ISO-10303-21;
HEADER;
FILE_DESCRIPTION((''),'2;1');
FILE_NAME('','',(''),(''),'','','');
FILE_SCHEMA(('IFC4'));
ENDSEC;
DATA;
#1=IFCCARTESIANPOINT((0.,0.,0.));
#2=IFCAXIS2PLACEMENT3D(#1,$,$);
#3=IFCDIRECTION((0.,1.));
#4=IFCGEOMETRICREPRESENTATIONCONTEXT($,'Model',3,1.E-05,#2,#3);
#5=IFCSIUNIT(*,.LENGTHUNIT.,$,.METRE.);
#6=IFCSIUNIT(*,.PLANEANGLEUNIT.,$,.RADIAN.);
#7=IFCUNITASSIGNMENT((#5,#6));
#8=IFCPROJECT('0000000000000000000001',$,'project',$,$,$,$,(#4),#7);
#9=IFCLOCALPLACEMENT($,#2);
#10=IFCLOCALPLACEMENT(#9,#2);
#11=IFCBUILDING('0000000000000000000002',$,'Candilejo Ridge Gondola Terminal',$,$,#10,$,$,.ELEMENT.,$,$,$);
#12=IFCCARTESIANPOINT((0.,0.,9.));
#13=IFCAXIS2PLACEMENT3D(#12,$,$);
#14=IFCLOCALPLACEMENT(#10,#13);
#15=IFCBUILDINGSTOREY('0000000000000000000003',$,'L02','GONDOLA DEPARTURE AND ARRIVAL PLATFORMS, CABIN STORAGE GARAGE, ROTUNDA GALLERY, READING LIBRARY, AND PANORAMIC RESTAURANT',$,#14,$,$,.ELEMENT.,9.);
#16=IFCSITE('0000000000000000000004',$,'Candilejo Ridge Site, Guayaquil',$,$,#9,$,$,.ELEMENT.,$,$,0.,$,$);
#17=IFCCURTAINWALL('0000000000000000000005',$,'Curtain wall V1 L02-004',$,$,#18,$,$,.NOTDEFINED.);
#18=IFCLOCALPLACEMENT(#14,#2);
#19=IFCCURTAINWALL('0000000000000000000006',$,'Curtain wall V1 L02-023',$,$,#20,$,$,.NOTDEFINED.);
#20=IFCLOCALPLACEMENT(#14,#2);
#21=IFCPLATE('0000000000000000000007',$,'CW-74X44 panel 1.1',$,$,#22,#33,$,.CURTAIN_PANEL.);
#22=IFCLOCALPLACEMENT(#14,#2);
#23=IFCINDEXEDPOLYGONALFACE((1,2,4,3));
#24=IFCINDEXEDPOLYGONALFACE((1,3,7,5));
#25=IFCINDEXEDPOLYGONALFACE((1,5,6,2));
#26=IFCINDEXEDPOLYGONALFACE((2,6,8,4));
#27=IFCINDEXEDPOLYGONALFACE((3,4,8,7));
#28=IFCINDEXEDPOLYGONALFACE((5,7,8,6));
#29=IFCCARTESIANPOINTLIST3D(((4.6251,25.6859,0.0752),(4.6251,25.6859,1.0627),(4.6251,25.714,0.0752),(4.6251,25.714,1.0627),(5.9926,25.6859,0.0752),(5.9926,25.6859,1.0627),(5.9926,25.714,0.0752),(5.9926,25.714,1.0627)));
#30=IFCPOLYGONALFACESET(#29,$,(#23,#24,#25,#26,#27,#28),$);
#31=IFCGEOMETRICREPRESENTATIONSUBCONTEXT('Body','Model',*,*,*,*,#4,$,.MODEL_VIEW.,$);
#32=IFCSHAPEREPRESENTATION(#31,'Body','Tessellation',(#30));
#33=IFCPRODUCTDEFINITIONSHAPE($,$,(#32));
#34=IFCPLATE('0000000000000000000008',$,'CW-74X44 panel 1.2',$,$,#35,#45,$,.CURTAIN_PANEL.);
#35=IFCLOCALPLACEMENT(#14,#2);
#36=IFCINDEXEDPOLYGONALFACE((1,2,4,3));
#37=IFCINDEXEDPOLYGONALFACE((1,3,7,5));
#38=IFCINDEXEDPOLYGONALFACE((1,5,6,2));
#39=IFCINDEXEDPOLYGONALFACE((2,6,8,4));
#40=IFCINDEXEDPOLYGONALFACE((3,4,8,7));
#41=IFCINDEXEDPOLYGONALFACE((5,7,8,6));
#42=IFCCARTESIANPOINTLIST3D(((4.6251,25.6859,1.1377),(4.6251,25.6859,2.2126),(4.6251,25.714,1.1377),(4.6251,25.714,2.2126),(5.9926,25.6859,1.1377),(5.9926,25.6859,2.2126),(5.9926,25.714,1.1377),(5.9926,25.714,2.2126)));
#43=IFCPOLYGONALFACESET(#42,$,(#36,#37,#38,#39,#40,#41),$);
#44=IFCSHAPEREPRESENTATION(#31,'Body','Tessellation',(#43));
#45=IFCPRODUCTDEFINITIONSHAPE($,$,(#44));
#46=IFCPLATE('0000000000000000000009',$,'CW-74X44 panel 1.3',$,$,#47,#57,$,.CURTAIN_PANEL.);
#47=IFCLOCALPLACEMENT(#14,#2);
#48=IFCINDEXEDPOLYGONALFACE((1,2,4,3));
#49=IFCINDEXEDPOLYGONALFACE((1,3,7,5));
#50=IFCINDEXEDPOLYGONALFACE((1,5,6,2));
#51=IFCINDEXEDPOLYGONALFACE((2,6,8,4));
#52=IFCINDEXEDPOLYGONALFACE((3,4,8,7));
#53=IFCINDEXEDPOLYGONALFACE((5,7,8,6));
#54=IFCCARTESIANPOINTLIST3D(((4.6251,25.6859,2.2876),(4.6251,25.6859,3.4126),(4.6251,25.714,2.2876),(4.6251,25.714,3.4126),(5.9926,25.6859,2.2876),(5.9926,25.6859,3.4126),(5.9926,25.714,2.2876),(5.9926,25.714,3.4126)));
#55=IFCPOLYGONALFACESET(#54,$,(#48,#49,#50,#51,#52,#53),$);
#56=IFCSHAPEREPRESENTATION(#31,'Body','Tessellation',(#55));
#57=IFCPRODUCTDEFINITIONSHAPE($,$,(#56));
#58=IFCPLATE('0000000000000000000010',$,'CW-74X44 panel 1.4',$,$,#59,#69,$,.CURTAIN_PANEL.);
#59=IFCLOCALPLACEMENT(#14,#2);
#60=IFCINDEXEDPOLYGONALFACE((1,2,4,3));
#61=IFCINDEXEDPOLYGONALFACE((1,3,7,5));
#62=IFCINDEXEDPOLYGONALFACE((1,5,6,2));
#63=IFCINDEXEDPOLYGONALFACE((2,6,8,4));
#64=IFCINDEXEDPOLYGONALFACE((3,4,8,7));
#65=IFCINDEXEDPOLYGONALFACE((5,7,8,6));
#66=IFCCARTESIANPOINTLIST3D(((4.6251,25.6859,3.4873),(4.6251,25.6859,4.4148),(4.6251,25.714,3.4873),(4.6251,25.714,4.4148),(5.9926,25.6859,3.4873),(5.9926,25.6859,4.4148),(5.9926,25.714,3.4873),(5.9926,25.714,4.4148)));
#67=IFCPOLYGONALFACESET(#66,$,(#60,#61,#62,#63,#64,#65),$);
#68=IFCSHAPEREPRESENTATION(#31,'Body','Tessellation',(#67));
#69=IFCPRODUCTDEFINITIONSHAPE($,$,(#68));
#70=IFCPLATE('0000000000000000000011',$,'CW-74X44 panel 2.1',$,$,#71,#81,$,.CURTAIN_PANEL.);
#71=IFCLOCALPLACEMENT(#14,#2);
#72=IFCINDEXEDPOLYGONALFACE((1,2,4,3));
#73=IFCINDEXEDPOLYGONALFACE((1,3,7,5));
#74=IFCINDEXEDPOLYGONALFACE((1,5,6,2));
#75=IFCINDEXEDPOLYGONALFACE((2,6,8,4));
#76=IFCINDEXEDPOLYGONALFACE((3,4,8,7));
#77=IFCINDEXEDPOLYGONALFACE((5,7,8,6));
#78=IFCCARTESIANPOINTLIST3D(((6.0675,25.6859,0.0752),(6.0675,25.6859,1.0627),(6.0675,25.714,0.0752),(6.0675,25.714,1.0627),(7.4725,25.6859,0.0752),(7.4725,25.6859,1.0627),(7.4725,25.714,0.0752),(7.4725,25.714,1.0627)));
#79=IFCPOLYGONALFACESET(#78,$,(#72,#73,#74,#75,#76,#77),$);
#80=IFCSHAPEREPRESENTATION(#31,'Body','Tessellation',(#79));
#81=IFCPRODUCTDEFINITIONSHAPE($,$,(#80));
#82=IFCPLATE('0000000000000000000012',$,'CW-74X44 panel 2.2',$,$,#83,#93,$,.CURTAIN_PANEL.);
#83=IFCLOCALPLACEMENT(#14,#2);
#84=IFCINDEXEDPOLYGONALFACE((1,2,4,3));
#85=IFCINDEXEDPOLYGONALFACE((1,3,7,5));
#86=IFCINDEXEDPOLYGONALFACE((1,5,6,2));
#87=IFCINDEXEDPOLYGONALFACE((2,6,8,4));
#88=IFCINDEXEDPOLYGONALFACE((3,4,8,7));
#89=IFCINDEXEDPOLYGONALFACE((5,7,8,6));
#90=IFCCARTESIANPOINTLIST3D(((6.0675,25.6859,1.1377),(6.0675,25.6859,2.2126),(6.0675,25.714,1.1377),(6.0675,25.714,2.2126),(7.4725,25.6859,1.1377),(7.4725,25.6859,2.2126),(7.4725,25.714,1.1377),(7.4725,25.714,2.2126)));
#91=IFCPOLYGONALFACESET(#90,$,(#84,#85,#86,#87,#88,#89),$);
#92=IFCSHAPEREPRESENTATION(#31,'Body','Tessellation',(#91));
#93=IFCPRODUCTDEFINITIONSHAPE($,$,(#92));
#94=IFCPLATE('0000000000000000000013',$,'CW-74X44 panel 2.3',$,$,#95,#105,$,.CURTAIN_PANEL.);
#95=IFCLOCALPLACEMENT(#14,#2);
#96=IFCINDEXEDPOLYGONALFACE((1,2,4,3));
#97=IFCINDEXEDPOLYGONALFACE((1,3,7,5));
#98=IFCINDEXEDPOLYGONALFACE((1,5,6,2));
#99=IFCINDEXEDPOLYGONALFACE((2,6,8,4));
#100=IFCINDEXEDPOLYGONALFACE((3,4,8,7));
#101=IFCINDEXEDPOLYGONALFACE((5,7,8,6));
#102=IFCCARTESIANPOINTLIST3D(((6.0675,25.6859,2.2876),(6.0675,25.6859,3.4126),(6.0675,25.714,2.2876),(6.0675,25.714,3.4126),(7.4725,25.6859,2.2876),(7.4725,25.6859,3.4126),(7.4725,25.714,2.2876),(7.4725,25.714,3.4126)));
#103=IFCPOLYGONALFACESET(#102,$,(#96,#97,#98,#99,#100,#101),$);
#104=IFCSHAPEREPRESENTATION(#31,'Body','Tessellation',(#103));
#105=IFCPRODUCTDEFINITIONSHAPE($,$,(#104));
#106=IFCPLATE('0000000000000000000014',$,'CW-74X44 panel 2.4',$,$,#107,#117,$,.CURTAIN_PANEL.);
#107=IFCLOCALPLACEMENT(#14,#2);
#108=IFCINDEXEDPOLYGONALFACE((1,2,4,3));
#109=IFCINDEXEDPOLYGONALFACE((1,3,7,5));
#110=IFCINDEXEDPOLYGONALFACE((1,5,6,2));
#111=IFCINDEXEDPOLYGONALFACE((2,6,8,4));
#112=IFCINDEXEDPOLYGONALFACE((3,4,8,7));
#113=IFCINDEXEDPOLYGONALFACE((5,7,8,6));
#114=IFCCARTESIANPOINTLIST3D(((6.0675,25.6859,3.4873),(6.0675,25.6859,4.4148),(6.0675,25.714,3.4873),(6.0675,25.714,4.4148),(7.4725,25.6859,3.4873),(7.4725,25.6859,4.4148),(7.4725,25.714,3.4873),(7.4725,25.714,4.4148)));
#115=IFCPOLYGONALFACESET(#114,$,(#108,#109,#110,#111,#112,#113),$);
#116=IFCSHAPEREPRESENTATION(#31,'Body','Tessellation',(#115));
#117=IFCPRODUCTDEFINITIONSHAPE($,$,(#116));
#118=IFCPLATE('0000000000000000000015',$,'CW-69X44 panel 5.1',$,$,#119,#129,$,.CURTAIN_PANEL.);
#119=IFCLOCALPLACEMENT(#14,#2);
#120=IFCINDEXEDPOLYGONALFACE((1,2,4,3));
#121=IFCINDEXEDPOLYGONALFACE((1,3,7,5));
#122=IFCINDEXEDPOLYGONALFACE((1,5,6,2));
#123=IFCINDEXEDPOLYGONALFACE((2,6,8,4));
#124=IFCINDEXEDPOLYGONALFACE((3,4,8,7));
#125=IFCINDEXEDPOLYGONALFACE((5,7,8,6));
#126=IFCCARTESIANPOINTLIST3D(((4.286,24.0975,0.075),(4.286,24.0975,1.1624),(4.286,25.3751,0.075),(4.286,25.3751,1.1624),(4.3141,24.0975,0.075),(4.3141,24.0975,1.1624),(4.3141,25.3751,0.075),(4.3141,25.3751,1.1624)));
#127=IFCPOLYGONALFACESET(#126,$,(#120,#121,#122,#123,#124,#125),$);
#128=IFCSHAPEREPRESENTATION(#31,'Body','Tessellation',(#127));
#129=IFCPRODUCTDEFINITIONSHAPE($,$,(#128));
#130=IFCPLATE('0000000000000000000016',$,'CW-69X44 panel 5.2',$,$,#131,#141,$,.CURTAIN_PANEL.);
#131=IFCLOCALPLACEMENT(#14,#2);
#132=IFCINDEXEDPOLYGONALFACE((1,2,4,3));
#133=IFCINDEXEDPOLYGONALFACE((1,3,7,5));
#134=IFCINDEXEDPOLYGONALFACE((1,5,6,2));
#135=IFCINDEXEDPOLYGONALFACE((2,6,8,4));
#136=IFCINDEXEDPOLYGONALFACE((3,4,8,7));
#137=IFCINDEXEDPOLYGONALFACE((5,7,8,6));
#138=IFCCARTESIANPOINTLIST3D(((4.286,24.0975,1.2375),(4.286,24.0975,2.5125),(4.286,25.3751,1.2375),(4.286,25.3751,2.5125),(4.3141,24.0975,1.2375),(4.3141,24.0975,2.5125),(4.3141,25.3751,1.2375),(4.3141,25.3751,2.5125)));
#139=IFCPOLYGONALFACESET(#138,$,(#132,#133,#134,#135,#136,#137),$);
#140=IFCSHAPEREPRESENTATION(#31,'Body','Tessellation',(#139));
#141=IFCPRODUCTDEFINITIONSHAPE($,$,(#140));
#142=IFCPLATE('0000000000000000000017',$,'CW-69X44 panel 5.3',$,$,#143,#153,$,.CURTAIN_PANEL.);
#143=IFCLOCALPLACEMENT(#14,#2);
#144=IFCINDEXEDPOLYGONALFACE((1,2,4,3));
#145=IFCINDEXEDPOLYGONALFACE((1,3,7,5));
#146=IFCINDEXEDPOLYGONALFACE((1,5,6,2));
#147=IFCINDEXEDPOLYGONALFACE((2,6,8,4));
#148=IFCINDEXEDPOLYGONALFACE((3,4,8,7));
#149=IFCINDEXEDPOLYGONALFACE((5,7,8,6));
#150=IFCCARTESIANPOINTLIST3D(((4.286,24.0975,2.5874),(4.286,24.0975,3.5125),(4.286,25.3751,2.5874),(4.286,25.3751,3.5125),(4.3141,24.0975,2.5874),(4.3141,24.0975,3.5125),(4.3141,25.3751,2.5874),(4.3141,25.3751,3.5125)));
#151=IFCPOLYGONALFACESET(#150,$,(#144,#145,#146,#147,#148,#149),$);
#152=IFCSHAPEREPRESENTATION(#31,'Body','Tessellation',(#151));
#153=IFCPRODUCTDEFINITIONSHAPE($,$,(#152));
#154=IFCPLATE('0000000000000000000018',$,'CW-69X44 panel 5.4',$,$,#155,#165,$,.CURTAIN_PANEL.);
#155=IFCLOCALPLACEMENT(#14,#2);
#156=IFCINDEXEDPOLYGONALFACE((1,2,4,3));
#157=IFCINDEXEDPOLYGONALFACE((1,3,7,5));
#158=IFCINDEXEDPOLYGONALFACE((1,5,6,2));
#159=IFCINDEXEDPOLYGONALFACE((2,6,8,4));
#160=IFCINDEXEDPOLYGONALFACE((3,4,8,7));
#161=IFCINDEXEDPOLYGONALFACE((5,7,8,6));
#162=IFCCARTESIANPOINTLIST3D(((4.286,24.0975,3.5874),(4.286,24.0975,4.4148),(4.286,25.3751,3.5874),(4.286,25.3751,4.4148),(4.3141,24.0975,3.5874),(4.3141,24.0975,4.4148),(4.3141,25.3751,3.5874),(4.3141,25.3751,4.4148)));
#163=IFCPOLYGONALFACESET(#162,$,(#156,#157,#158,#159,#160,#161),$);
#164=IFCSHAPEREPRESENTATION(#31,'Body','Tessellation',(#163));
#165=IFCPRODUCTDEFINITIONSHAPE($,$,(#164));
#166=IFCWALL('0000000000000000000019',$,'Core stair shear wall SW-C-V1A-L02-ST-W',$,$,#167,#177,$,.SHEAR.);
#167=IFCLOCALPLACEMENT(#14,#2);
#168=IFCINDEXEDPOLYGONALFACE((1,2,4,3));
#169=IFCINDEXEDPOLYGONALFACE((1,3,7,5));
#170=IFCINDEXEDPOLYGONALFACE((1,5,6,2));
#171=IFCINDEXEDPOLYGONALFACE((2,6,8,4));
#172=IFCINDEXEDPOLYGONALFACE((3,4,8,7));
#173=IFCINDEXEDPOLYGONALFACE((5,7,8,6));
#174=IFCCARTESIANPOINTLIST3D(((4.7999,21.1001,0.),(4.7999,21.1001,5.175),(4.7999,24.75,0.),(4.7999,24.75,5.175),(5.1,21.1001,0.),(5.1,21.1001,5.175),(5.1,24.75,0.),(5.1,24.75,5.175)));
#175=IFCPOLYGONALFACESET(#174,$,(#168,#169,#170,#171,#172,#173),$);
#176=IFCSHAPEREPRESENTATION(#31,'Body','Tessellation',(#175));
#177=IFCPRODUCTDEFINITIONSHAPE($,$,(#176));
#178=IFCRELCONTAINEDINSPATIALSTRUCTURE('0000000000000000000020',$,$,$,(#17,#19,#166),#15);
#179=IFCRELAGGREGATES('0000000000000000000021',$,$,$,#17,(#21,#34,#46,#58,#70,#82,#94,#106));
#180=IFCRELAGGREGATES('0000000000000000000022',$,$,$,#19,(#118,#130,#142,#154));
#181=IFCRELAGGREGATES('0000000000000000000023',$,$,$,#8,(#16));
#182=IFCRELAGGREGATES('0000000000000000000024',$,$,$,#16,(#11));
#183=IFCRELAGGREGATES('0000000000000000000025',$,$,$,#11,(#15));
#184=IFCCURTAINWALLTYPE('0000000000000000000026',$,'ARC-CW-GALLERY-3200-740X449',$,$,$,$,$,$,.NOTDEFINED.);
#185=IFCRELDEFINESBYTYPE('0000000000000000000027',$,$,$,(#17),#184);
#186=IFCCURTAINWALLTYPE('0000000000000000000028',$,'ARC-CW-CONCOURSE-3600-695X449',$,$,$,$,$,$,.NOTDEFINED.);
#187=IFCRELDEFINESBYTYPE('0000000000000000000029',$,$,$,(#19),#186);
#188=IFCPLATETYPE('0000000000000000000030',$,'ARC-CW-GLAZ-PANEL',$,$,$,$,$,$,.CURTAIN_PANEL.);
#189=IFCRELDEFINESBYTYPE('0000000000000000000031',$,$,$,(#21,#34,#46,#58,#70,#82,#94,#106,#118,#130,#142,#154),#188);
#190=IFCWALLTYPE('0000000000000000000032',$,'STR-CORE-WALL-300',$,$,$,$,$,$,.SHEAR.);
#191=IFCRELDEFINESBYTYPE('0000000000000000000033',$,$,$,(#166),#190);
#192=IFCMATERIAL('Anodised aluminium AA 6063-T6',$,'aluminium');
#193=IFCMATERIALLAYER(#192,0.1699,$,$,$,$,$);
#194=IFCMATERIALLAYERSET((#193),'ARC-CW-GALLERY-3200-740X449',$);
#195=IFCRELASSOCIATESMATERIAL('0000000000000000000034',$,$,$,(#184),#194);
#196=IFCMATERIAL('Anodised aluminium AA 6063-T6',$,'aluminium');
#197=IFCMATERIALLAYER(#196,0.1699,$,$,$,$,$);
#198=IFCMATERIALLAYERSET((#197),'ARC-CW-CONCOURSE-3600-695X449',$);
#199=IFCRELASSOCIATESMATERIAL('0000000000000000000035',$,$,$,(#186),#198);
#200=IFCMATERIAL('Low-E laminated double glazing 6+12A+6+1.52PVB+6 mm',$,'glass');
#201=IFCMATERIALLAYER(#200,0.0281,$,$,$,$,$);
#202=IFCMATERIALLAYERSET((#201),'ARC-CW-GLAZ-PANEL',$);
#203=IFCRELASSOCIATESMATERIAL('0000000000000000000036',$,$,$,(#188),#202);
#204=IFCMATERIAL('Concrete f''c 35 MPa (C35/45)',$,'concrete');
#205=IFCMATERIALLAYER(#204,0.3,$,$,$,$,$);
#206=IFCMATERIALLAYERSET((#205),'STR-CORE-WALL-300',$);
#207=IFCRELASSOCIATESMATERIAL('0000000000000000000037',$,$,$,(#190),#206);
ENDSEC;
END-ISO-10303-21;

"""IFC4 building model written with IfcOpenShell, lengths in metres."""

from ifc_helpers import new_model, si_unit, direction, frame, frame_2d, origin, origin_2d, place, context, subcontext, project, spatial, rectangle, extrude, material, layer, layer_set, type_object, element, aggregate, save


model = new_model("IFC4")

# Units and contexts
model_context = context("Model", 3, precision=1e-05, world=origin(), true_north=direction((0.0, 1.0)))
body_context = subcontext(model_context, "Body", "Model", "MODEL_VIEW")
ifc_project = project(units=[si_unit("LENGTHUNIT", "METRE"), si_unit("PLANEANGLEUNIT", "RADIAN")], contexts=[model_context])

# Site, building, storey
site_placement = place(None, origin())
site = spatial("IfcSite", under=ifc_project, at=site_placement, Name="Candilejo Ridge Site, Guayaquil", CompositionType="ELEMENT", RefElevation=0.0)
building_placement = place(site_placement, origin())
building = spatial("IfcBuilding", under=site, at=building_placement, Name="Candilejo Ridge Gondola Terminal", CompositionType="ELEMENT")
storey_placement = place(building_placement, frame((0.0, 0.0, 9.0)))
storey = spatial("IfcBuildingStorey", under=building, at=storey_placement, Name="L02", Description="GONDOLA DEPARTURE AND ARRIVAL PLATFORMS, CABIN STORAGE GARAGE, ROTUNDA GALLERY, READING LIBRARY, AND PANORAMIC RESTAURANT", CompositionType="ELEMENT", Elevation=9.0)

# Curtain walls
ifc_material_1 = material(Name="Anodised aluminium AA 6063-T6", Category="aluminium")
ifc_layer_1 = layer(ifc_material_1, 0.1699)
ifc_layer_set_1 = layer_set([ifc_layer_1], Name="ARC-CW-GALLERY-3200-740X449")
curtain_wall_type_1 = type_object("IfcCurtainWallType", Name="ARC-CW-GALLERY-3200-740X449", PredefinedType="NOTDEFINED", material=ifc_layer_set_1)
curtain_wall_1_placement = place(storey_placement, origin())
curtain_wall_1 = element("IfcCurtainWall", 1, at=curtain_wall_1_placement, inside=storey, type_object=curtain_wall_type_1, Name="Curtain wall V1 L02-004", PredefinedType="NOTDEFINED")
ifc_material_2 = material(Name="Anodised aluminium AA 6063-T6", Category="aluminium")
ifc_layer_2 = layer(ifc_material_2, 0.1699)
ifc_layer_set_2 = layer_set([ifc_layer_2], Name="ARC-CW-CONCOURSE-3600-695X449")
curtain_wall_type_2 = type_object("IfcCurtainWallType", Name="ARC-CW-CONCOURSE-3600-695X449", PredefinedType="NOTDEFINED", material=ifc_layer_set_2)
curtain_wall_2_placement = place(storey_placement, origin())
curtain_wall_2 = element("IfcCurtainWall", 2, at=curtain_wall_2_placement, inside=storey, type_object=curtain_wall_type_2, Name="Curtain wall V1 L02-023", PredefinedType="NOTDEFINED")

# Plates
ifc_material_3 = material(Name="Low-E laminated double glazing 6+12A+6+1.52PVB+6 mm", Category="glass")
ifc_layer_3 = layer(ifc_material_3, 0.0281)
ifc_layer_set_3 = layer_set([ifc_layer_3], Name="ARC-CW-GLAZ-PANEL")
plate_type = type_object("IfcPlateType", Name="ARC-CW-GLAZ-PANEL", PredefinedType="CURTAIN_PANEL", material=ifc_layer_set_3)
plate_1_placement = place(storey_placement, frame((5.3088, 25.7, 0.0752), z_axis=(0.0, 0.0, 1.0), x_axis=(1.0, 0.0, 0.0)))
plate_1 = element("IfcPlate", 3, at=plate_1_placement, type_object=plate_type, Name="CW-74X44 panel 1.1", PredefinedType="CURTAIN_PANEL", context=body_context, shape_type="SweptSolid", body=[
    extrude(rectangle(XDim=1.3674, YDim=0.0281, at=origin_2d()), origin(), (0.0, 0.0, 1.0), 0.9875),
])
plate_2_placement = place(storey_placement, frame((5.3088, 25.7, 1.1377), z_axis=(0.0, 0.0, 1.0), x_axis=(1.0, 0.0, 0.0)))
plate_2 = element("IfcPlate", 4, at=plate_2_placement, type_object=plate_type, Name="CW-74X44 panel 1.2", PredefinedType="CURTAIN_PANEL", context=body_context, shape_type="SweptSolid", body=[
    extrude(rectangle(XDim=1.3674, YDim=0.0281, at=origin_2d()), origin(), (0.0, 0.0, 1.0), 1.075),
])
plate_3_placement = place(storey_placement, frame((5.3088, 25.7, 2.2876), z_axis=(0.0, 0.0, 1.0), x_axis=(1.0, 0.0, 0.0)))
plate_3 = element("IfcPlate", 5, at=plate_3_placement, type_object=plate_type, Name="CW-74X44 panel 1.3", PredefinedType="CURTAIN_PANEL", context=body_context, shape_type="SweptSolid", body=[
    extrude(rectangle(XDim=1.3674, YDim=0.0281, at=origin_2d()), origin(), (0.0, 0.0, 1.0), 1.125),
])
plate_4_placement = place(storey_placement, frame((5.3088, 25.7, 3.4873), z_axis=(0.0, 0.0, 1.0), x_axis=(1.0, 0.0, 0.0)))
plate_4 = element("IfcPlate", 6, at=plate_4_placement, type_object=plate_type, Name="CW-74X44 panel 1.4", PredefinedType="CURTAIN_PANEL", context=body_context, shape_type="SweptSolid", body=[
    extrude(rectangle(XDim=1.3674, YDim=0.0281, at=origin_2d()), origin(), (0.0, 0.0, 1.0), 0.9275),
])
plate_5_placement = place(storey_placement, frame((6.77, 25.7, 0.0752), z_axis=(0.0, 0.0, 1.0), x_axis=(1.0, 0.0, 0.0)))
plate_5 = element("IfcPlate", 7, at=plate_5_placement, type_object=plate_type, Name="CW-74X44 panel 2.1", PredefinedType="CURTAIN_PANEL", context=body_context, shape_type="SweptSolid", body=[
    extrude(rectangle(XDim=1.405, YDim=0.0281, at=origin_2d()), origin(), (0.0, 0.0, 1.0), 0.9875),
])
plate_6_placement = place(storey_placement, frame((6.77, 25.7, 1.1377), z_axis=(0.0, 0.0, 1.0), x_axis=(1.0, 0.0, 0.0)))
plate_6 = element("IfcPlate", 8, at=plate_6_placement, type_object=plate_type, Name="CW-74X44 panel 2.2", PredefinedType="CURTAIN_PANEL", context=body_context, shape_type="SweptSolid", body=[
    extrude(rectangle(XDim=1.405, YDim=0.0281, at=origin_2d()), origin(), (0.0, 0.0, 1.0), 1.075),
])
plate_7_placement = place(storey_placement, frame((6.77, 25.7, 2.2876), z_axis=(0.0, 0.0, 1.0), x_axis=(1.0, 0.0, 0.0)))
plate_7 = element("IfcPlate", 9, at=plate_7_placement, type_object=plate_type, Name="CW-74X44 panel 2.3", PredefinedType="CURTAIN_PANEL", context=body_context, shape_type="SweptSolid", body=[
    extrude(rectangle(XDim=1.405, YDim=0.0281, at=origin_2d()), origin(), (0.0, 0.0, 1.0), 1.125),
])
plate_8_placement = place(storey_placement, frame((6.77, 25.7, 3.4873), z_axis=(0.0, 0.0, 1.0), x_axis=(1.0, 0.0, 0.0)))
plate_8 = element("IfcPlate", 10, at=plate_8_placement, type_object=plate_type, Name="CW-74X44 panel 2.4", PredefinedType="CURTAIN_PANEL", context=body_context, shape_type="SweptSolid", body=[
    extrude(rectangle(XDim=1.405, YDim=0.0281, at=origin_2d()), origin(), (0.0, 0.0, 1.0), 0.9275),
])
aggregate(curtain_wall_1, [plate_1, plate_2, plate_3, plate_4, plate_5, plate_6, plate_7, plate_8])
plate_9_placement = place(storey_placement, frame((4.3, 24.7363, 0.075), z_axis=(0.0, 0.0, 1.0), x_axis=(0.0, 1.0, 0.0)))
plate_9 = element("IfcPlate", 11, at=plate_9_placement, type_object=plate_type, Name="CW-69X44 panel 5.1", PredefinedType="CURTAIN_PANEL", context=body_context, shape_type="SweptSolid", body=[
    extrude(rectangle(XDim=1.2776, YDim=0.0281, at=origin_2d()), origin(), (0.0, 0.0, 1.0), 1.0874),
])
plate_10_placement = place(storey_placement, frame((4.3, 24.7363, 1.2375), z_axis=(0.0, 0.0, 1.0), x_axis=(0.0, 1.0, 0.0)))
plate_10 = element("IfcPlate", 12, at=plate_10_placement, type_object=plate_type, Name="CW-69X44 panel 5.2", PredefinedType="CURTAIN_PANEL", context=body_context, shape_type="SweptSolid", body=[
    extrude(rectangle(XDim=1.2776, YDim=0.0281, at=origin_2d()), origin(), (0.0, 0.0, 1.0), 1.2749),
])
plate_11_placement = place(storey_placement, frame((4.3, 24.7363, 2.5874), z_axis=(0.0, 0.0, 1.0), x_axis=(0.0, 1.0, 0.0)))
plate_11 = element("IfcPlate", 13, at=plate_11_placement, type_object=plate_type, Name="CW-69X44 panel 5.3", PredefinedType="CURTAIN_PANEL", context=body_context, shape_type="SweptSolid", body=[
    extrude(rectangle(XDim=1.2776, YDim=0.0281, at=origin_2d()), origin(), (0.0, 0.0, 1.0), 0.925),
])
plate_12_placement = place(storey_placement, frame((4.3, 24.7363, 3.5874), z_axis=(0.0, 0.0, 1.0), x_axis=(0.0, 1.0, 0.0)))
plate_12 = element("IfcPlate", 14, at=plate_12_placement, type_object=plate_type, Name="CW-69X44 panel 5.4", PredefinedType="CURTAIN_PANEL", context=body_context, shape_type="SweptSolid", body=[
    extrude(rectangle(XDim=1.2776, YDim=0.0281, at=origin_2d()), origin(), (0.0, 0.0, 1.0), 0.8274),
])
aggregate(curtain_wall_2, [plate_9, plate_10, plate_11, plate_12])

# Wall
ifc_material_4 = material(Name="Concrete f'c 35 MPa (C35/45)", Category="concrete")
ifc_layer_4 = layer(ifc_material_4, 0.3)
ifc_layer_set_4 = layer_set([ifc_layer_4], Name="STR-CORE-WALL-300")
wall_type = type_object("IfcWallType", Name="STR-CORE-WALL-300", PredefinedType="SHEAR", material=ifc_layer_set_4)
wall_placement = place(storey_placement, frame((4.95, 24.75, 0.0), z_axis=(0.0, 0.0, 1.0), x_axis=(0.0, -1.0, 0.0)))
element("IfcWall", 15, at=wall_placement, inside=storey, type_object=wall_type, Name="Core stair shear wall SW-C-V1A-L02-ST-W", PredefinedType="SHEAR", context=body_context, shape_type="SweptSolid", body=[
    extrude(rectangle(XDim=3.6499, YDim=0.3, at=frame_2d((1.825, 0.0))), origin(), (0.0, 0.0, 1.0), 5.175),
])

save(model, "model.ifc")
